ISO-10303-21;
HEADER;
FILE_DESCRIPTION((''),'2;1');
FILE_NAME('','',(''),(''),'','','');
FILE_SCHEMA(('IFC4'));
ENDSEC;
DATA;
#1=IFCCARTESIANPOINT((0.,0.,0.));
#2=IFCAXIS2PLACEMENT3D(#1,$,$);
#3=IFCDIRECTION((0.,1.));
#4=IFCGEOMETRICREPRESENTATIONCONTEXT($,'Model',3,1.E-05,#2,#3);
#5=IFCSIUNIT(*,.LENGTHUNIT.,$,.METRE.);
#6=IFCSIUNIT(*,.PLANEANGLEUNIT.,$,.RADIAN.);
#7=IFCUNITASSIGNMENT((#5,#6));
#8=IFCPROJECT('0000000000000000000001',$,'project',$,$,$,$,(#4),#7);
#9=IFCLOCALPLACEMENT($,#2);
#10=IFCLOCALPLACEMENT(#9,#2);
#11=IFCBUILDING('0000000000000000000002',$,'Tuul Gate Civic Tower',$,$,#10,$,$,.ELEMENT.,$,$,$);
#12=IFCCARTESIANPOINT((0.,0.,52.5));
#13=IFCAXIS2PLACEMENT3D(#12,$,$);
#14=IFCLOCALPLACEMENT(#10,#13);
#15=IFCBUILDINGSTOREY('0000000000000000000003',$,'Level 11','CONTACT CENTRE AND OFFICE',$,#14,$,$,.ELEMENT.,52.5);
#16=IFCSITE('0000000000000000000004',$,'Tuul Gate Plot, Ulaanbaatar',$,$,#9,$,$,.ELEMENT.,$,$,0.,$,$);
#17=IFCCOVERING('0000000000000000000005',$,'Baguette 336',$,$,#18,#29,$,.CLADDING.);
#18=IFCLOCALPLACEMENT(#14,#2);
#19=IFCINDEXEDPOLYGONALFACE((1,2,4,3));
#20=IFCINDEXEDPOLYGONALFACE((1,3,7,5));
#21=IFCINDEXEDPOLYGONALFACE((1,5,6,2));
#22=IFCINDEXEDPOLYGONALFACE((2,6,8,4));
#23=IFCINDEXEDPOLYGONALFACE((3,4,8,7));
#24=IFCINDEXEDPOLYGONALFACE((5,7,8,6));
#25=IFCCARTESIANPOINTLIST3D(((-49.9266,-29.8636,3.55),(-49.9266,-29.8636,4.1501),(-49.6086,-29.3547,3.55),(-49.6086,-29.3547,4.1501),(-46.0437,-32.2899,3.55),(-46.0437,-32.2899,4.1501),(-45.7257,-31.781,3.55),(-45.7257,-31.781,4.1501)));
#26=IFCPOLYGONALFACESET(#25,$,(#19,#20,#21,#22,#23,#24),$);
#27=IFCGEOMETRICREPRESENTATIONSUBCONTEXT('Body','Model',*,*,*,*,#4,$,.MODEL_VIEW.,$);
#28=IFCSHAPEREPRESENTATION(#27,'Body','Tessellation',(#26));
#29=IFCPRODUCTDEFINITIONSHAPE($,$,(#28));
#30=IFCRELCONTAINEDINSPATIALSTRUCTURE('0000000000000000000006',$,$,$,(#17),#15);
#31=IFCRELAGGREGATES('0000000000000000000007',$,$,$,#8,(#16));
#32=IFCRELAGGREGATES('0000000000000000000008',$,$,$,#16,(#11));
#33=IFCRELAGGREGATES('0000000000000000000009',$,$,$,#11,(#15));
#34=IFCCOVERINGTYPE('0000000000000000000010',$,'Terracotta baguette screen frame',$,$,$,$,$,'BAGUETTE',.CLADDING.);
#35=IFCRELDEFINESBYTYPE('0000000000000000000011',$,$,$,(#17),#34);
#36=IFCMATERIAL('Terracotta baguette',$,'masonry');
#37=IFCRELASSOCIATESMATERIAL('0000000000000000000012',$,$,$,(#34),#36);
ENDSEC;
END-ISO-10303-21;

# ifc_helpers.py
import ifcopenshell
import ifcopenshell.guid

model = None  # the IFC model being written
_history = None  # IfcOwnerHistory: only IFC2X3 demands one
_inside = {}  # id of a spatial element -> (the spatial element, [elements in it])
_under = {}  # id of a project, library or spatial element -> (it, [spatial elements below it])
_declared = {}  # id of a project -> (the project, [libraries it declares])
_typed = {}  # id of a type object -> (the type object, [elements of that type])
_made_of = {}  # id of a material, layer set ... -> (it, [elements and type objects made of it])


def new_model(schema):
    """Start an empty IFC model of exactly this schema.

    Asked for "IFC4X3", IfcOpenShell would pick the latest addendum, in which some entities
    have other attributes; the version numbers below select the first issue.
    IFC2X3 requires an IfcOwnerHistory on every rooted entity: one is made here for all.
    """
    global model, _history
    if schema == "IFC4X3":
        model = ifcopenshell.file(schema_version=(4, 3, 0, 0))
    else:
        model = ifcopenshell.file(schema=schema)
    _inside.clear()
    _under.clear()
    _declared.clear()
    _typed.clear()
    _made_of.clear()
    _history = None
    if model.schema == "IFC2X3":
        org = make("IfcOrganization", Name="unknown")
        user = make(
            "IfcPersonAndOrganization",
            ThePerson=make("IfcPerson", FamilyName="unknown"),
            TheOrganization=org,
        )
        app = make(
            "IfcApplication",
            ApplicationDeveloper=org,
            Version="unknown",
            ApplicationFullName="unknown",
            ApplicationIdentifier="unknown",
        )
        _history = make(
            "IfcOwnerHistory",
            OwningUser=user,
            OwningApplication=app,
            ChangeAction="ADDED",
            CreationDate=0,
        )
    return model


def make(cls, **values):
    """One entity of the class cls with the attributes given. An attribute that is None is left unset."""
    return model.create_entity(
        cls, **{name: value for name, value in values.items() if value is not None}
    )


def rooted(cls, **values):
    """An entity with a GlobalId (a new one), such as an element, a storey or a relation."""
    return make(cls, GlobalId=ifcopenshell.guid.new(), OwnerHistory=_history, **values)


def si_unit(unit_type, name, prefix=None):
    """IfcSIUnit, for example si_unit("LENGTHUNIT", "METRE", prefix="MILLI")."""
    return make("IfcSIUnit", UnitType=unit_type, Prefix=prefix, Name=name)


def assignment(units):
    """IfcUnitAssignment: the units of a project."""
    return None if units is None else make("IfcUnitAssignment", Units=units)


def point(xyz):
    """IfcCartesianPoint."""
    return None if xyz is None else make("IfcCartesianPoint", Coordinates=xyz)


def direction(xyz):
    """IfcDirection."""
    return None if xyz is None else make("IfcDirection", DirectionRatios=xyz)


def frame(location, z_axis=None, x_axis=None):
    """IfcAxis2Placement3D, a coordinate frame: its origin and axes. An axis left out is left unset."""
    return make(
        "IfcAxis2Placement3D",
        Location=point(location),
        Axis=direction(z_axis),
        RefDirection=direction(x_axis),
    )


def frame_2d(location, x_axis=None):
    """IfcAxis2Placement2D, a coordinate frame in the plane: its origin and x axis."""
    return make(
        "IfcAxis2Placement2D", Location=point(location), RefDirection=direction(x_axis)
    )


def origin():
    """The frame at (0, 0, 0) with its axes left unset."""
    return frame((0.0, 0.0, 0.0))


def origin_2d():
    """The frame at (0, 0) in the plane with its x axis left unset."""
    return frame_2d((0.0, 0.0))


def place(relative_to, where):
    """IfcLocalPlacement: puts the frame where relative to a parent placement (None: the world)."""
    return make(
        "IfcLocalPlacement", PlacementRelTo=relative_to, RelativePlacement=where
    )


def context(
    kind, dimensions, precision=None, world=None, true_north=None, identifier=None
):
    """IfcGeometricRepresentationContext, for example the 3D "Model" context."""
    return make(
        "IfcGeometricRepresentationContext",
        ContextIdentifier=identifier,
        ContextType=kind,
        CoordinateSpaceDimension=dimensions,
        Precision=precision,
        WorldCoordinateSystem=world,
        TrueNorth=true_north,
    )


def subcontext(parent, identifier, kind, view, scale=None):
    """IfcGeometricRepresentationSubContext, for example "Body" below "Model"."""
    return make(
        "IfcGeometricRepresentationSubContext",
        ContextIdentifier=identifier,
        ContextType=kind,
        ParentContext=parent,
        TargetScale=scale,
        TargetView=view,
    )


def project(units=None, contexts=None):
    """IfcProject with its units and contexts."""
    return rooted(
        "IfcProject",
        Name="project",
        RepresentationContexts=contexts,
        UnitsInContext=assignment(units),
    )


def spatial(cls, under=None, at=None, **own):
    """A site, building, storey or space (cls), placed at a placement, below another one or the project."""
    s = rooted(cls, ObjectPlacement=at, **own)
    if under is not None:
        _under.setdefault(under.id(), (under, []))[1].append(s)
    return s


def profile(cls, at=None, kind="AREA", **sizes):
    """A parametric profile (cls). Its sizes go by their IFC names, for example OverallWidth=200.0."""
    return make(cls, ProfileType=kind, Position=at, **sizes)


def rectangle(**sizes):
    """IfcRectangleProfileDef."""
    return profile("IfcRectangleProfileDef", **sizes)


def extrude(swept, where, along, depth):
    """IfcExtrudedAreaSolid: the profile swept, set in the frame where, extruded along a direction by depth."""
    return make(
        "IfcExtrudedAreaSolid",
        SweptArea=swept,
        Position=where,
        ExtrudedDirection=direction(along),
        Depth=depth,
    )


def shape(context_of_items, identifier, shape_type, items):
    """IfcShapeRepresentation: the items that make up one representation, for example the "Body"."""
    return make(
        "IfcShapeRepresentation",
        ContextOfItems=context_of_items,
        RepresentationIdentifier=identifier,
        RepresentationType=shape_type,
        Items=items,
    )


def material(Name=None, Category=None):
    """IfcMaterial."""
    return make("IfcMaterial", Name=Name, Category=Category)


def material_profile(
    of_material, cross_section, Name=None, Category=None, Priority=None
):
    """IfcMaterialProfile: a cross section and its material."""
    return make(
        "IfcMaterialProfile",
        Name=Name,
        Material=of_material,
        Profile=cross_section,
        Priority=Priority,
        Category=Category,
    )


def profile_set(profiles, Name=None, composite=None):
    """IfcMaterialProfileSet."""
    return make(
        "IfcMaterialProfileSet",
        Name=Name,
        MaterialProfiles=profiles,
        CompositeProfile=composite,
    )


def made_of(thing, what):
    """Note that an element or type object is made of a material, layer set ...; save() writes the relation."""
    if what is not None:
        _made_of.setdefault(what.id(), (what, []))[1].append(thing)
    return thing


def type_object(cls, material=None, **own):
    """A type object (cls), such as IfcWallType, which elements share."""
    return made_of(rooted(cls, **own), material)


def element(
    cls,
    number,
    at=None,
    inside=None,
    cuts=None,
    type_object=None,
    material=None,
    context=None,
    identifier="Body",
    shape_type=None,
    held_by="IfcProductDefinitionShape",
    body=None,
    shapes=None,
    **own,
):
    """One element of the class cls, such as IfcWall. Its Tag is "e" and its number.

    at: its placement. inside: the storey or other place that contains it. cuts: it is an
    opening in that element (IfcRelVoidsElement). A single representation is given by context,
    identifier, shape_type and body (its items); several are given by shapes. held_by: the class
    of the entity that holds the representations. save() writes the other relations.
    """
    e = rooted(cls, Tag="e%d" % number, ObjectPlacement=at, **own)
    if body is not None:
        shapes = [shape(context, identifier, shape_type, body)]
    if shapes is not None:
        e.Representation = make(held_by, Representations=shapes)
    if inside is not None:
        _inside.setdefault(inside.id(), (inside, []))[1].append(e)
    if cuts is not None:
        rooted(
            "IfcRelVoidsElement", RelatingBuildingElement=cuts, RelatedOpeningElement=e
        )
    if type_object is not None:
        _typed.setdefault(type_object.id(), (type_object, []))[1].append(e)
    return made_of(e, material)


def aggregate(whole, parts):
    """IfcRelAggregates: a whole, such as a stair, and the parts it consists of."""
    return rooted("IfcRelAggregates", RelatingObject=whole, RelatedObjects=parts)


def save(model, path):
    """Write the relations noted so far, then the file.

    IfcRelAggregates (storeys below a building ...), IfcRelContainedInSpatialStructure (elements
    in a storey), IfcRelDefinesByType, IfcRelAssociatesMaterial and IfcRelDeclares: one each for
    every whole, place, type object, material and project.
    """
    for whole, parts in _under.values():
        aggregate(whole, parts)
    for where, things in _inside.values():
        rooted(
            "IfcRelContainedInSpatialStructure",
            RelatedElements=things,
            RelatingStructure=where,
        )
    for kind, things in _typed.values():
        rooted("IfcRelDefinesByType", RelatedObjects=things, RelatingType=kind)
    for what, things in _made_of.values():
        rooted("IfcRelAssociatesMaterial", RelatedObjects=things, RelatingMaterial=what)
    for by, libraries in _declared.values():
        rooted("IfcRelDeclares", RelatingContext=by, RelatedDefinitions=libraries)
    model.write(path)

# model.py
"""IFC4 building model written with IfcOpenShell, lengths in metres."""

from ifc_helpers import new_model, si_unit, direction, frame, origin, origin_2d, place, context, subcontext, project, spatial, rectangle, extrude, material, material_profile, profile_set, type_object, element, save


model = new_model("IFC4")

# Units and contexts
model_context = context("Model", 3, precision=1e-05, world=origin(), true_north=direction((0.0, 1.0)))
body_context = subcontext(model_context, "Body", "Model", "MODEL_VIEW")
ifc_project = project(units=[si_unit("LENGTHUNIT", "METRE"), si_unit("PLANEANGLEUNIT", "RADIAN")], contexts=[model_context])

# Site, building, storey
site_placement = place(None, origin())
site = spatial("IfcSite", under=ifc_project, at=site_placement, Name="Tuul Gate Plot, Ulaanbaatar", CompositionType="ELEMENT", RefElevation=0.0)
building_placement = place(site_placement, origin())
building = spatial("IfcBuilding", under=site, at=building_placement, Name="Tuul Gate Civic Tower", CompositionType="ELEMENT")
storey_placement = place(building_placement, frame((0.0, 0.0, 52.5)))
storey = spatial("IfcBuildingStorey", under=building, at=storey_placement, Name="Level 11", Description="CONTACT CENTRE AND OFFICE", CompositionType="ELEMENT", Elevation=52.5)

# Covering
ifc_material_1 = material(Name="Terracotta baguette", Category="masonry")
ifc_material_profile_1 = material_profile(ifc_material_1, rectangle(XDim=0.6001, YDim=0.6001, at=origin_2d()), Name="Terracotta baguette screen frame")
ifc_profile_set_1 = profile_set([ifc_material_profile_1], Name="Terracotta baguette")
covering_type = type_object("IfcCoveringType", Name="Terracotta baguette screen frame", ElementType="BAGUETTE", PredefinedType="CLADDING", material=ifc_profile_set_1)
covering_1_placement = place(storey_placement, frame((-49.7676, -29.6091, 3.8501), z_axis=(0.848046, -0.529922, 0.0), x_axis=(0.529922, 0.848046, 0.0)))
element("IfcCovering", 1, at=covering_1_placement, inside=storey, type_object=covering_type, Name="Baguette 336", PredefinedType="CLADDING", context=body_context, shape_type="SweptSolid", body=[
    extrude(rectangle(XDim=0.6001, YDim=0.6001, at=origin_2d()), origin(), (0.0, 0.0, 1.0), 4.5786),
])

save(model, "model.ifc")
